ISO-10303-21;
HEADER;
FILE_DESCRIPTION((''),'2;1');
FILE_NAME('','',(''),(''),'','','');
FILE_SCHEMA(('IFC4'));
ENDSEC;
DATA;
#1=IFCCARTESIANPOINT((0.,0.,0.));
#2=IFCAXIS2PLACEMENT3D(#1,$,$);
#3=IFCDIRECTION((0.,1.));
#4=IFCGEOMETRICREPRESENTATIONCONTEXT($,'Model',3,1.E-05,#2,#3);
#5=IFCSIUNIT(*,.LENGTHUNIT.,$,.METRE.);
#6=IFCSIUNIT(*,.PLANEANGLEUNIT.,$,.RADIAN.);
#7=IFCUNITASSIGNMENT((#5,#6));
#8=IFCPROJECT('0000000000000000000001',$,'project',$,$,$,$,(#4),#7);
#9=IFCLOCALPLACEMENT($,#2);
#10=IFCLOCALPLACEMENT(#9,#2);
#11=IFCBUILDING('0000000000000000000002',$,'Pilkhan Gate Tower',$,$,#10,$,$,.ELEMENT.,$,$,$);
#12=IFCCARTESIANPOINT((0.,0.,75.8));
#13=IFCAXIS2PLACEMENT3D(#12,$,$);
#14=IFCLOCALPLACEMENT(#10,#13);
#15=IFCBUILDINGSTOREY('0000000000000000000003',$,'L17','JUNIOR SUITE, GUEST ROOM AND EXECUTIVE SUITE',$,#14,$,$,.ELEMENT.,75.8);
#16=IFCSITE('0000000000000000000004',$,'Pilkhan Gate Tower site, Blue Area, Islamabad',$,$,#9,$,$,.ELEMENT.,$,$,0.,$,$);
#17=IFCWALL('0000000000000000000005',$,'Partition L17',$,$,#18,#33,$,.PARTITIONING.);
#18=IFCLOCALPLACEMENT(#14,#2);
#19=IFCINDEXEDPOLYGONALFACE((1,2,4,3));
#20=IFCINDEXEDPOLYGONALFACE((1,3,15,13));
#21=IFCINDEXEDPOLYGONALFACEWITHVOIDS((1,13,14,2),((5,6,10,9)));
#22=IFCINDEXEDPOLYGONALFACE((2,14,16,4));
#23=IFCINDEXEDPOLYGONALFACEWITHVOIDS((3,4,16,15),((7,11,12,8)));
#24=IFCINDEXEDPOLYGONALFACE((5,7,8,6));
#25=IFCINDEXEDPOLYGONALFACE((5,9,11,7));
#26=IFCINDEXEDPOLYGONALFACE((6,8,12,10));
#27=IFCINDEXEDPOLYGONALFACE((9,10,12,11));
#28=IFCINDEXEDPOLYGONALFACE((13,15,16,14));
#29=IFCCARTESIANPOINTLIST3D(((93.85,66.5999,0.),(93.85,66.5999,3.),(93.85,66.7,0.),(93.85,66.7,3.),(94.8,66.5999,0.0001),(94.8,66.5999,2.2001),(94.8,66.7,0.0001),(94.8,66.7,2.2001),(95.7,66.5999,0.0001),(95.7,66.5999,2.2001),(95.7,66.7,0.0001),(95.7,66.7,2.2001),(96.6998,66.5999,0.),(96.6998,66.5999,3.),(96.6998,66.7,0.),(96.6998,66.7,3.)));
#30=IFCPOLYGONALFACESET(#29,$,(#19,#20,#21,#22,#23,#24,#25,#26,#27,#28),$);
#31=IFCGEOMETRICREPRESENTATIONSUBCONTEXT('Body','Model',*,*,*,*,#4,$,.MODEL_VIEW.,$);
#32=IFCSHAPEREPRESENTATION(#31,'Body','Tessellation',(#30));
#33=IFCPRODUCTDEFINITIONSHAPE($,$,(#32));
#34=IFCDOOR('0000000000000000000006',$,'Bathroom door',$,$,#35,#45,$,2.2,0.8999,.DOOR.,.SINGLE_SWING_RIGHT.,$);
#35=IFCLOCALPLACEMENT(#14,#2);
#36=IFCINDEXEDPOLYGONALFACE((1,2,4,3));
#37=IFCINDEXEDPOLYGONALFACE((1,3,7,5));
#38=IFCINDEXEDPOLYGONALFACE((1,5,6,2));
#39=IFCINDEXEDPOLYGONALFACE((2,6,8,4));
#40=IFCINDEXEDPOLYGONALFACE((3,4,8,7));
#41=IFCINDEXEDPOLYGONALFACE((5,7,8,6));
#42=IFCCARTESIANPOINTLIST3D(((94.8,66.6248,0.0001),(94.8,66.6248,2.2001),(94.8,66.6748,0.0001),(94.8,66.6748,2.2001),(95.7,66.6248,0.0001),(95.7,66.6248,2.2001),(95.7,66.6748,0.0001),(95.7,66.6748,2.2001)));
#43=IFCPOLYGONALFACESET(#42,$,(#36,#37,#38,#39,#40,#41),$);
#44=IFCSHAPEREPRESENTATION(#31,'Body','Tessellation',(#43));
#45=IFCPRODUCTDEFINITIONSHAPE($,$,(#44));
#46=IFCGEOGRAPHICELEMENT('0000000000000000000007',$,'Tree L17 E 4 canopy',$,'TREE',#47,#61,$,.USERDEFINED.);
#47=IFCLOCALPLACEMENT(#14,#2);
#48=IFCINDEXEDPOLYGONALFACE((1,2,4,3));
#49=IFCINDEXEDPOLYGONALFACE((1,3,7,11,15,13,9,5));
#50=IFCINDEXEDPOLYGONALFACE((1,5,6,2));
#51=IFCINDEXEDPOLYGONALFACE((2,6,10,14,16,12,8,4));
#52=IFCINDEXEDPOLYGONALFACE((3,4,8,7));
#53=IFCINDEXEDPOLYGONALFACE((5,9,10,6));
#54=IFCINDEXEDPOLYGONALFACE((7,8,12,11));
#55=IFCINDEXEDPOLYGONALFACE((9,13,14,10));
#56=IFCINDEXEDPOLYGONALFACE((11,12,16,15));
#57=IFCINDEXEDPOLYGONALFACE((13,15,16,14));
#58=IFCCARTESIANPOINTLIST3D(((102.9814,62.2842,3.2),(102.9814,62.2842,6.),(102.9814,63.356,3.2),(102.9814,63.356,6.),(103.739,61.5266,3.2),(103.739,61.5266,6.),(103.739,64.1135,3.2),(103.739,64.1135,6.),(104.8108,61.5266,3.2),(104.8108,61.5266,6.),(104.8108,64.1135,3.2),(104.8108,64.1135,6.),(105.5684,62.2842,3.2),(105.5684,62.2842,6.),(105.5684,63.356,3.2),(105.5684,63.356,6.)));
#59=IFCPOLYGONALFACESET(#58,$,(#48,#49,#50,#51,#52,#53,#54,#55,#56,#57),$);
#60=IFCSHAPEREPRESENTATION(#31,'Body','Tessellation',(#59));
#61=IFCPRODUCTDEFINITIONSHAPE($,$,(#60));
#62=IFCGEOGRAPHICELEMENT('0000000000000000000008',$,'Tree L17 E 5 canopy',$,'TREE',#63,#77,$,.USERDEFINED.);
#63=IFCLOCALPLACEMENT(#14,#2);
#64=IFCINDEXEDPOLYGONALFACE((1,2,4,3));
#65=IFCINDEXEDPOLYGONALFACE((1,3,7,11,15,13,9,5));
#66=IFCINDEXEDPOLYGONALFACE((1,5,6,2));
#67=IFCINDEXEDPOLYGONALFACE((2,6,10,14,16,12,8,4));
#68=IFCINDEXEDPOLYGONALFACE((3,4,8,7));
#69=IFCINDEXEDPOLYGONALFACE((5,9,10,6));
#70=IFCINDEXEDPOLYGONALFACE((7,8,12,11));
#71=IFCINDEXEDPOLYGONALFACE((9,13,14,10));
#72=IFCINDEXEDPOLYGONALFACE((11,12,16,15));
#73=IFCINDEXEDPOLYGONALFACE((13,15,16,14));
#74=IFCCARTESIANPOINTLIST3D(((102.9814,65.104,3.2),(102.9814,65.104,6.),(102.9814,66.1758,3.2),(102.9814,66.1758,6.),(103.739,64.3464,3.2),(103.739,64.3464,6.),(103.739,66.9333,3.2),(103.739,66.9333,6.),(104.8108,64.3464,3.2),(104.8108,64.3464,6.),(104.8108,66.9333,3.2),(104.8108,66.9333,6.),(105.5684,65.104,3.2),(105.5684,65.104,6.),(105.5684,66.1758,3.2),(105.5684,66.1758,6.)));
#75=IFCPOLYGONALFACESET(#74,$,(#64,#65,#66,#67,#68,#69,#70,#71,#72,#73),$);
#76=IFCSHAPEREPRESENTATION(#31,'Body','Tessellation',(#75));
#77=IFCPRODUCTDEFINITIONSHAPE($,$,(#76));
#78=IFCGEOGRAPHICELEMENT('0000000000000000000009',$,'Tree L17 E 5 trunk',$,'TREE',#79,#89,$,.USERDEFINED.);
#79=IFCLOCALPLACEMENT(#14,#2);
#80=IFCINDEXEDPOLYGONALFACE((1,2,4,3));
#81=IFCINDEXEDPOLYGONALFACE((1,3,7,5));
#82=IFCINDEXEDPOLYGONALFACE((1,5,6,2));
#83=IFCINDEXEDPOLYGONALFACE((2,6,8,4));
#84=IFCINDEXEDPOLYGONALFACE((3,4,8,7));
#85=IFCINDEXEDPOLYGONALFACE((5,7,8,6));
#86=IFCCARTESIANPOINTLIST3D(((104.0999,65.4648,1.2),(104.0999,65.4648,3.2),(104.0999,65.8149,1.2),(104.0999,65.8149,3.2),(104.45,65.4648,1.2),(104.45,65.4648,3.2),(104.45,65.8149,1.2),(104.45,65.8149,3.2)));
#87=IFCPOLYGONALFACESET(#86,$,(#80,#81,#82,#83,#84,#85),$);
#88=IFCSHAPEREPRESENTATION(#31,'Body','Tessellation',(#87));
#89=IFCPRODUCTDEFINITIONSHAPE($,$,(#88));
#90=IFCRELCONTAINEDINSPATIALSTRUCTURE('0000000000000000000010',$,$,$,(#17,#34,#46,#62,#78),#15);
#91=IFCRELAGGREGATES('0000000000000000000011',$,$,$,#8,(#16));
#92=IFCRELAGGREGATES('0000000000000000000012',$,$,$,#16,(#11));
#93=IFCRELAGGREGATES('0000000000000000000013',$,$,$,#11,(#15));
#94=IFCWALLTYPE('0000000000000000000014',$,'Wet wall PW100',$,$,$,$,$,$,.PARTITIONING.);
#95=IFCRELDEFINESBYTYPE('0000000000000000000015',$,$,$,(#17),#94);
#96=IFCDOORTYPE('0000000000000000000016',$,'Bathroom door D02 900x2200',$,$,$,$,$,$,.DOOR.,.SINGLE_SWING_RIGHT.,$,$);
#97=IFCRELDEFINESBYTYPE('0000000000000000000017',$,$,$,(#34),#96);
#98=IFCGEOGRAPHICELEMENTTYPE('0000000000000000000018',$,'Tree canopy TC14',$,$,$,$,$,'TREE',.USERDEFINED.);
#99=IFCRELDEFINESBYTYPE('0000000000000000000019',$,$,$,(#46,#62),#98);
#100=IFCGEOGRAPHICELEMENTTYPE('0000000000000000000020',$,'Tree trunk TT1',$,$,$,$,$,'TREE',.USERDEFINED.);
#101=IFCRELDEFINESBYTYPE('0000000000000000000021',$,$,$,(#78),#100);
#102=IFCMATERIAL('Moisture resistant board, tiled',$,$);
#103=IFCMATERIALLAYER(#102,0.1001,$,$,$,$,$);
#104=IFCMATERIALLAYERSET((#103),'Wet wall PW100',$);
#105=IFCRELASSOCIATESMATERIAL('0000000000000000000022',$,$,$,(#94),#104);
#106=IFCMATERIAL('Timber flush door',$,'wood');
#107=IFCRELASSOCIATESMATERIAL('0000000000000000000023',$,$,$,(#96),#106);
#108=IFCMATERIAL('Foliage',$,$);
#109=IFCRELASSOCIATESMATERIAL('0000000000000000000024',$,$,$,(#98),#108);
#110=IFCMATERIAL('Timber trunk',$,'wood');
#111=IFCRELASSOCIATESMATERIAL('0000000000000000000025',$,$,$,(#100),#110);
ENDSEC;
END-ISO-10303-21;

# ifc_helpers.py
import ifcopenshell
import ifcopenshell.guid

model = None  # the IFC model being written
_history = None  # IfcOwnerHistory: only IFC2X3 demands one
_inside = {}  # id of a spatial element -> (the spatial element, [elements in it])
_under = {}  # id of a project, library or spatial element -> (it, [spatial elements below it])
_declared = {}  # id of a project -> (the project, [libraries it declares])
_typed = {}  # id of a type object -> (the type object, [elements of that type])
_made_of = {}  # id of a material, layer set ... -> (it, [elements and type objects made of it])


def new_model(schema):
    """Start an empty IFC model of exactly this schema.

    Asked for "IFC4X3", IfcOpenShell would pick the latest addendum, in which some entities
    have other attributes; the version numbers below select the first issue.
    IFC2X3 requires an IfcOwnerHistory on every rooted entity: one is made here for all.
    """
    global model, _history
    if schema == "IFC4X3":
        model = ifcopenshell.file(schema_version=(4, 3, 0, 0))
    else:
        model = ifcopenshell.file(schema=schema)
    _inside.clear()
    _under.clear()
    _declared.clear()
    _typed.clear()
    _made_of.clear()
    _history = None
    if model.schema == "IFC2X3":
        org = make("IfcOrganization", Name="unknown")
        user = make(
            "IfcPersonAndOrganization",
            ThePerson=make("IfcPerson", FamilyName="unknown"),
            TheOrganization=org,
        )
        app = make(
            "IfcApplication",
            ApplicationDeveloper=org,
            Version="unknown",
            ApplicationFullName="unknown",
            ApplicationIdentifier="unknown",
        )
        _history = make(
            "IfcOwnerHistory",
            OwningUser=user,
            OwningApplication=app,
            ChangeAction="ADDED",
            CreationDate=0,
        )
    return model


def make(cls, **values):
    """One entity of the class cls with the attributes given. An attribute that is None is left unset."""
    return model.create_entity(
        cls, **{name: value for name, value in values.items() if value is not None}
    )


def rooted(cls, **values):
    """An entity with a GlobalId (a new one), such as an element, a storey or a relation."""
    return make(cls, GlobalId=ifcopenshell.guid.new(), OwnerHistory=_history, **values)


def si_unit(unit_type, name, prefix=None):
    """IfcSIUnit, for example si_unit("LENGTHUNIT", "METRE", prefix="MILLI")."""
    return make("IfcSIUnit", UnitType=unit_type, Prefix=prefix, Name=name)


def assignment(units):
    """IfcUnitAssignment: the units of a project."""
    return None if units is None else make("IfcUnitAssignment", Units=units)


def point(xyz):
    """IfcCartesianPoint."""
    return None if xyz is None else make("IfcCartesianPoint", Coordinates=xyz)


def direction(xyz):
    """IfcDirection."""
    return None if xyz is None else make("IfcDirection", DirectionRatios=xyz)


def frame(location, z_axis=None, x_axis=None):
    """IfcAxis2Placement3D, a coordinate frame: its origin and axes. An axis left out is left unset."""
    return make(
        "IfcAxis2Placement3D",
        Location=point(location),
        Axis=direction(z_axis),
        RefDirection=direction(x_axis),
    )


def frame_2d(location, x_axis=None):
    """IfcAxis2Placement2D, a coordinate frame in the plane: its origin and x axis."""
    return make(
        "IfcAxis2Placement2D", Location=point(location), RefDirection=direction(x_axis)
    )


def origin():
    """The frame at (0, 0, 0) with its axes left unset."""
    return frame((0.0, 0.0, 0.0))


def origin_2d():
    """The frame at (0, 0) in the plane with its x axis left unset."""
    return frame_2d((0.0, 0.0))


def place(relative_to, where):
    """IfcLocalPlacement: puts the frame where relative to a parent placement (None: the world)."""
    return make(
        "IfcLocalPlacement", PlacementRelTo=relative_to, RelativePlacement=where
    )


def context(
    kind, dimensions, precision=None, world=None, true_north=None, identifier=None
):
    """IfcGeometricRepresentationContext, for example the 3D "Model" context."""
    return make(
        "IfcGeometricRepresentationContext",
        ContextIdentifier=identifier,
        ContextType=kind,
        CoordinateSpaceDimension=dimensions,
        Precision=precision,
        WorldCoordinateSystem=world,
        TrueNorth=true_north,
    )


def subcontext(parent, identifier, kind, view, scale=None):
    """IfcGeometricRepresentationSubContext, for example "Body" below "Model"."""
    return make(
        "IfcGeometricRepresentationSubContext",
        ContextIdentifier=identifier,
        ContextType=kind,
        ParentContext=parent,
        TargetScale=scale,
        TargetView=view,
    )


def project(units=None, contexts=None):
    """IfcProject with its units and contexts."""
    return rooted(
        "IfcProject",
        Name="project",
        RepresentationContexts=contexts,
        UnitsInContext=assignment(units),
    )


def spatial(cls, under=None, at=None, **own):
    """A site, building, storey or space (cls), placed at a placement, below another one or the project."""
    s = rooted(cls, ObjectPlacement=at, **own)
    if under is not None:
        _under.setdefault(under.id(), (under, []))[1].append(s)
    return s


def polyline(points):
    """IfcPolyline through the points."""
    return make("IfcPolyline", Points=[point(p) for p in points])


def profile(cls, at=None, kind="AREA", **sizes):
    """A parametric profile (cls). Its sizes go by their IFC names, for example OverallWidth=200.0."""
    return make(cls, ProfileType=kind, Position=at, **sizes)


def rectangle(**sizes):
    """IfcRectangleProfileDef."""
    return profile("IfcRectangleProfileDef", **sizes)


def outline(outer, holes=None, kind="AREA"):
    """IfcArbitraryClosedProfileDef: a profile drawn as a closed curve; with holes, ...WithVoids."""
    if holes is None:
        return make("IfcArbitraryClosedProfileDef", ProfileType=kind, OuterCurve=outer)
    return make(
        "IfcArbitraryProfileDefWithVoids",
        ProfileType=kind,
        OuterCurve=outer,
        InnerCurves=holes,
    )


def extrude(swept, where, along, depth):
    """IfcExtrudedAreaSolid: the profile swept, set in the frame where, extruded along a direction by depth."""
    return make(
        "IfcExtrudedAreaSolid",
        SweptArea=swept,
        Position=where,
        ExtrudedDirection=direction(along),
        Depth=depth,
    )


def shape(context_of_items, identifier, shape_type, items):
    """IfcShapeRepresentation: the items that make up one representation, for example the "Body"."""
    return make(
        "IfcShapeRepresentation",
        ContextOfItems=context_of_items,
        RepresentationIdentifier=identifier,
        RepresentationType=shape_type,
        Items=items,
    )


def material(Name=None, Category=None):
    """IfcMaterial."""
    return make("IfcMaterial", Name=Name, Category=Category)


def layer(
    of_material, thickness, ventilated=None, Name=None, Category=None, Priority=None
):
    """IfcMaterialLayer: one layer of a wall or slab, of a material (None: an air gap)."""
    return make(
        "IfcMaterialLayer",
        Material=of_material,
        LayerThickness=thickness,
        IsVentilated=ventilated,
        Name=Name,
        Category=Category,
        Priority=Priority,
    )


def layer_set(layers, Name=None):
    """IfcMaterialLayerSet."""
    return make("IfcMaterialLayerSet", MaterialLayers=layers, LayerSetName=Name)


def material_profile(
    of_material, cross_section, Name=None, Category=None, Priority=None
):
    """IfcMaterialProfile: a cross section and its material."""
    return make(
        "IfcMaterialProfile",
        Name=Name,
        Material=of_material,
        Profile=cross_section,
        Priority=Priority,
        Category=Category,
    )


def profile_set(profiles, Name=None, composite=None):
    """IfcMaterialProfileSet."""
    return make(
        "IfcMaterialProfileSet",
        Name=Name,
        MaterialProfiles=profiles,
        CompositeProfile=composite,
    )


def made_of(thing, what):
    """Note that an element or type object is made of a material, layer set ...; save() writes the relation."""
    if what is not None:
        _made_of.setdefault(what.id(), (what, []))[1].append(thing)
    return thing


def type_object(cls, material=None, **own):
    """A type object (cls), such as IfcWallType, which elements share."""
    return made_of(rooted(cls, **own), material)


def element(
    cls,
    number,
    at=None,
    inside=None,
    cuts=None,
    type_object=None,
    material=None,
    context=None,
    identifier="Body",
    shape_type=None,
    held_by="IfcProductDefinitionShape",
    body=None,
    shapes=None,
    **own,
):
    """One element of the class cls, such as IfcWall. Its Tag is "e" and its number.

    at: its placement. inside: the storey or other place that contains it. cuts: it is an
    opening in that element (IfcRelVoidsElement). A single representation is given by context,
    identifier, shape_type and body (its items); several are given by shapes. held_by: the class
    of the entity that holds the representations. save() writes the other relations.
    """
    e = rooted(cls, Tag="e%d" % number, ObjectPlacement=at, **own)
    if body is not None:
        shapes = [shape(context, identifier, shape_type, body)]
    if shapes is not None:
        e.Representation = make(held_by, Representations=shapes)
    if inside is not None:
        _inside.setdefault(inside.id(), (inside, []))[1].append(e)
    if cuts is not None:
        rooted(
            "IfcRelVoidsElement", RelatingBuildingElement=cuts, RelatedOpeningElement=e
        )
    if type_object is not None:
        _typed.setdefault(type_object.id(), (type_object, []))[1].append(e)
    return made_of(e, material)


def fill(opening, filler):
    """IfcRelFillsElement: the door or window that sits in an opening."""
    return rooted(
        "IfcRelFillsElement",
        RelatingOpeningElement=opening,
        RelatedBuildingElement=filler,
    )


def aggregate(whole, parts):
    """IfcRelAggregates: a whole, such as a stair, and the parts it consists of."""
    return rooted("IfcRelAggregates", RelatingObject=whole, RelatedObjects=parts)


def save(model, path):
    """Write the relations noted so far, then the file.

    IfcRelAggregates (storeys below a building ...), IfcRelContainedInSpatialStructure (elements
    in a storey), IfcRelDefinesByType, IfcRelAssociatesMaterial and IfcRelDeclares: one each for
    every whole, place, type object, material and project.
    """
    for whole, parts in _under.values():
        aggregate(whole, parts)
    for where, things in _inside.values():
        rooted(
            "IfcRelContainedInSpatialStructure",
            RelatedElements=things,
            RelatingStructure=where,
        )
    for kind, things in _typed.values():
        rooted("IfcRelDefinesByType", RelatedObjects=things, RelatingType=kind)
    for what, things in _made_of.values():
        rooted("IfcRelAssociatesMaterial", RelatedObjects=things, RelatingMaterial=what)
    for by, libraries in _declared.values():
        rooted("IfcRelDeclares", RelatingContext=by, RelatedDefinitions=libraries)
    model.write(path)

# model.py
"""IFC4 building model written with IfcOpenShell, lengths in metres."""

from ifc_helpers import new_model, si_unit, direction, frame, frame_2d, origin, origin_2d, place, context, subcontext, project, spatial, polyline, rectangle, outline, extrude, material, layer, layer_set, material_profile, profile_set, type_object, element, fill, save


model = new_model("IFC4")

# Units and contexts
model_context = context("Model", 3, precision=1e-05, world=origin(), true_north=direction((0.0, 1.0)))
body_context = subcontext(model_context, "Body", "Model", "MODEL_VIEW")
ifc_project = project(units=[si_unit("LENGTHUNIT", "METRE"), si_unit("PLANEANGLEUNIT", "RADIAN")], contexts=[model_context])

# Site, building, storey
site_placement = place(None, origin())
site = spatial("IfcSite", under=ifc_project, at=site_placement, Name="Pilkhan Gate Tower site, Blue Area, Islamabad", CompositionType="ELEMENT", RefElevation=0.0)
building_placement = place(site_placement, origin())
building = spatial("IfcBuilding", under=site, at=building_placement, Name="Pilkhan Gate Tower", CompositionType="ELEMENT")
storey_placement = place(building_placement, frame((0.0, 0.0, 75.8)))
storey = spatial("IfcBuildingStorey", under=building, at=storey_placement, Name="L17", Description="JUNIOR SUITE, GUEST ROOM AND EXECUTIVE SUITE", CompositionType="ELEMENT", Elevation=75.8)

# Shared definitions
ifc_material_1 = material(Name="Moisture resistant board, tiled")
ifc_layer_1 = layer(ifc_material_1, 0.1001)
ifc_layer_set_1 = layer_set([ifc_layer_1], Name="Wet wall PW100")
wall_type_1 = type_object("IfcWallType", Name="Wet wall PW100", PredefinedType="PARTITIONING", material=ifc_layer_set_1)

# Wall, opening, door
wall_1_placement = place(storey_placement, frame((93.8501, 66.6499, 0.0), z_axis=(0.0, 0.0, 1.0), x_axis=(1.0, 0.0, 0.0)))
wall_1 = element("IfcWall", 1, at=wall_1_placement, inside=storey, type_object=wall_type_1, Name="Partition L17", PredefinedType="PARTITIONING", context=body_context, shape_type="SweptSolid", body=[
    extrude(rectangle(XDim=2.8499, YDim=0.1001, at=frame_2d((1.4248, 0.0))), origin(), (0.0, 0.0, 1.0), 3.0),
])
opening_placement = place(wall_1_placement, frame((0.95, 0.0, 0.0)))
opening = element("IfcOpeningElement", 2, at=opening_placement, cuts=wall_1, PredefinedType="OPENING", context=body_context, shape_type="SweptSolid", body=[
    extrude(rectangle(XDim=0.8999, YDim=2.2, at=frame_2d((0.45, 1.1001))), frame((0.0, 0.0601, 0.0), z_axis=(0.0, -1.0, 0.0), x_axis=(1.0, 0.0, 0.0)), (0.0, 0.0, 1.0), 0.1201),
])
ifc_material_2 = material(Name="Timber flush door", Category="wood")
door_type = type_object("IfcDoorType", Name="Bathroom door D02 900x2200", OperationType="SINGLE_SWING_RIGHT", PredefinedType="DOOR", material=ifc_material_2)
door_placement = place(opening_placement, origin())
door = element("IfcDoor", 3, at=door_placement, inside=storey, type_object=door_type, Name="Bathroom door", OperationType="SINGLE_SWING_RIGHT", OverallHeight=2.2, OverallWidth=0.8999, PredefinedType="DOOR", context=body_context, shape_type="SweptSolid", body=[
    extrude(rectangle(XDim=0.8999, YDim=2.2, at=frame_2d((0.45, 1.1001))), frame((0.0, 0.0249, 0.0), z_axis=(0.0, -1.0, 0.0), x_axis=(1.0, 0.0, 0.0)), (0.0, 0.0, 1.0), 0.05),
])
fill(opening, door)

# Geographic elements
ifc_material_3 = material(Name="Foliage")
ifc_material_profile_1 = material_profile(ifc_material_3, outline(polyline([(1.2935, 0.5359), (0.5359, 1.2935), (-0.5359, 1.2935), (-1.2935, 0.5359), (-1.2935, -0.5359), (-0.5359, -1.2935), (0.5359, -1.2935), (1.2935, -0.5359), (1.2935, 0.5359)])), Name="Canopy D2.8")
ifc_profile_set_1 = profile_set([ifc_material_profile_1], Name="Foliage")
geographic_element_type_1 = type_object("IfcGeographicElementType", Name="Tree canopy TC14", ElementType="TREE", PredefinedType="USERDEFINED", material=ifc_profile_set_1)
for number, where, z_axis, x_axis, name in (
    (4, (104.2749, 62.8201, 3.2), (0.0, 0.0, 1.0), (1.0, 0.0, 0.0), "Tree L17 E 4 canopy"),
    (5, (104.2749, 65.6399, 3.2), (0.0, 0.0, 1.0), (1.0, 0.0, 0.0), "Tree L17 E 5 canopy"),
):
    element("IfcGeographicElement", number, at=place(storey_placement, frame(where, z_axis=z_axis, x_axis=x_axis)), inside=storey, type_object=geographic_element_type_1, Name=name, ObjectType="TREE", PredefinedType="USERDEFINED", context=body_context, shape_type="SweptSolid", body=[
        extrude(outline(polyline([(1.2935, 0.5359), (0.5359, 1.2935), (-0.5359, 1.2935), (-1.2935, 0.5359), (-1.2935, -0.5359), (-0.5359, -1.2935), (0.5359, -1.2935), (1.2935, -0.5359), (1.2935, 0.5359)])), origin(), (0.0, 0.0, 1.0), 2.8),
    ])
ifc_material_4 = material(Name="Timber trunk", Category="wood")
geographic_element_type_2 = type_object("IfcGeographicElementType", Name="Tree trunk TT1", ElementType="TREE", PredefinedType="USERDEFINED", material=ifc_material_4)
geographic_element_placement = place(storey_placement, frame((104.2749, 65.6399, 1.2), z_axis=(0.0, 0.0, 1.0), x_axis=(1.0, 0.0, 0.0)))
element("IfcGeographicElement", 6, at=geographic_element_placement, inside=storey, type_object=geographic_element_type_2, Name="Tree L17 E 5 trunk", ObjectType="TREE", PredefinedType="USERDEFINED", context=body_context, shape_type="SweptSolid", body=[
    extrude(rectangle(XDim=0.3501, YDim=0.3501, at=origin_2d()), origin(), (0.0, 0.0, 1.0), 2.0),
])

save(model, "model.ifc")
